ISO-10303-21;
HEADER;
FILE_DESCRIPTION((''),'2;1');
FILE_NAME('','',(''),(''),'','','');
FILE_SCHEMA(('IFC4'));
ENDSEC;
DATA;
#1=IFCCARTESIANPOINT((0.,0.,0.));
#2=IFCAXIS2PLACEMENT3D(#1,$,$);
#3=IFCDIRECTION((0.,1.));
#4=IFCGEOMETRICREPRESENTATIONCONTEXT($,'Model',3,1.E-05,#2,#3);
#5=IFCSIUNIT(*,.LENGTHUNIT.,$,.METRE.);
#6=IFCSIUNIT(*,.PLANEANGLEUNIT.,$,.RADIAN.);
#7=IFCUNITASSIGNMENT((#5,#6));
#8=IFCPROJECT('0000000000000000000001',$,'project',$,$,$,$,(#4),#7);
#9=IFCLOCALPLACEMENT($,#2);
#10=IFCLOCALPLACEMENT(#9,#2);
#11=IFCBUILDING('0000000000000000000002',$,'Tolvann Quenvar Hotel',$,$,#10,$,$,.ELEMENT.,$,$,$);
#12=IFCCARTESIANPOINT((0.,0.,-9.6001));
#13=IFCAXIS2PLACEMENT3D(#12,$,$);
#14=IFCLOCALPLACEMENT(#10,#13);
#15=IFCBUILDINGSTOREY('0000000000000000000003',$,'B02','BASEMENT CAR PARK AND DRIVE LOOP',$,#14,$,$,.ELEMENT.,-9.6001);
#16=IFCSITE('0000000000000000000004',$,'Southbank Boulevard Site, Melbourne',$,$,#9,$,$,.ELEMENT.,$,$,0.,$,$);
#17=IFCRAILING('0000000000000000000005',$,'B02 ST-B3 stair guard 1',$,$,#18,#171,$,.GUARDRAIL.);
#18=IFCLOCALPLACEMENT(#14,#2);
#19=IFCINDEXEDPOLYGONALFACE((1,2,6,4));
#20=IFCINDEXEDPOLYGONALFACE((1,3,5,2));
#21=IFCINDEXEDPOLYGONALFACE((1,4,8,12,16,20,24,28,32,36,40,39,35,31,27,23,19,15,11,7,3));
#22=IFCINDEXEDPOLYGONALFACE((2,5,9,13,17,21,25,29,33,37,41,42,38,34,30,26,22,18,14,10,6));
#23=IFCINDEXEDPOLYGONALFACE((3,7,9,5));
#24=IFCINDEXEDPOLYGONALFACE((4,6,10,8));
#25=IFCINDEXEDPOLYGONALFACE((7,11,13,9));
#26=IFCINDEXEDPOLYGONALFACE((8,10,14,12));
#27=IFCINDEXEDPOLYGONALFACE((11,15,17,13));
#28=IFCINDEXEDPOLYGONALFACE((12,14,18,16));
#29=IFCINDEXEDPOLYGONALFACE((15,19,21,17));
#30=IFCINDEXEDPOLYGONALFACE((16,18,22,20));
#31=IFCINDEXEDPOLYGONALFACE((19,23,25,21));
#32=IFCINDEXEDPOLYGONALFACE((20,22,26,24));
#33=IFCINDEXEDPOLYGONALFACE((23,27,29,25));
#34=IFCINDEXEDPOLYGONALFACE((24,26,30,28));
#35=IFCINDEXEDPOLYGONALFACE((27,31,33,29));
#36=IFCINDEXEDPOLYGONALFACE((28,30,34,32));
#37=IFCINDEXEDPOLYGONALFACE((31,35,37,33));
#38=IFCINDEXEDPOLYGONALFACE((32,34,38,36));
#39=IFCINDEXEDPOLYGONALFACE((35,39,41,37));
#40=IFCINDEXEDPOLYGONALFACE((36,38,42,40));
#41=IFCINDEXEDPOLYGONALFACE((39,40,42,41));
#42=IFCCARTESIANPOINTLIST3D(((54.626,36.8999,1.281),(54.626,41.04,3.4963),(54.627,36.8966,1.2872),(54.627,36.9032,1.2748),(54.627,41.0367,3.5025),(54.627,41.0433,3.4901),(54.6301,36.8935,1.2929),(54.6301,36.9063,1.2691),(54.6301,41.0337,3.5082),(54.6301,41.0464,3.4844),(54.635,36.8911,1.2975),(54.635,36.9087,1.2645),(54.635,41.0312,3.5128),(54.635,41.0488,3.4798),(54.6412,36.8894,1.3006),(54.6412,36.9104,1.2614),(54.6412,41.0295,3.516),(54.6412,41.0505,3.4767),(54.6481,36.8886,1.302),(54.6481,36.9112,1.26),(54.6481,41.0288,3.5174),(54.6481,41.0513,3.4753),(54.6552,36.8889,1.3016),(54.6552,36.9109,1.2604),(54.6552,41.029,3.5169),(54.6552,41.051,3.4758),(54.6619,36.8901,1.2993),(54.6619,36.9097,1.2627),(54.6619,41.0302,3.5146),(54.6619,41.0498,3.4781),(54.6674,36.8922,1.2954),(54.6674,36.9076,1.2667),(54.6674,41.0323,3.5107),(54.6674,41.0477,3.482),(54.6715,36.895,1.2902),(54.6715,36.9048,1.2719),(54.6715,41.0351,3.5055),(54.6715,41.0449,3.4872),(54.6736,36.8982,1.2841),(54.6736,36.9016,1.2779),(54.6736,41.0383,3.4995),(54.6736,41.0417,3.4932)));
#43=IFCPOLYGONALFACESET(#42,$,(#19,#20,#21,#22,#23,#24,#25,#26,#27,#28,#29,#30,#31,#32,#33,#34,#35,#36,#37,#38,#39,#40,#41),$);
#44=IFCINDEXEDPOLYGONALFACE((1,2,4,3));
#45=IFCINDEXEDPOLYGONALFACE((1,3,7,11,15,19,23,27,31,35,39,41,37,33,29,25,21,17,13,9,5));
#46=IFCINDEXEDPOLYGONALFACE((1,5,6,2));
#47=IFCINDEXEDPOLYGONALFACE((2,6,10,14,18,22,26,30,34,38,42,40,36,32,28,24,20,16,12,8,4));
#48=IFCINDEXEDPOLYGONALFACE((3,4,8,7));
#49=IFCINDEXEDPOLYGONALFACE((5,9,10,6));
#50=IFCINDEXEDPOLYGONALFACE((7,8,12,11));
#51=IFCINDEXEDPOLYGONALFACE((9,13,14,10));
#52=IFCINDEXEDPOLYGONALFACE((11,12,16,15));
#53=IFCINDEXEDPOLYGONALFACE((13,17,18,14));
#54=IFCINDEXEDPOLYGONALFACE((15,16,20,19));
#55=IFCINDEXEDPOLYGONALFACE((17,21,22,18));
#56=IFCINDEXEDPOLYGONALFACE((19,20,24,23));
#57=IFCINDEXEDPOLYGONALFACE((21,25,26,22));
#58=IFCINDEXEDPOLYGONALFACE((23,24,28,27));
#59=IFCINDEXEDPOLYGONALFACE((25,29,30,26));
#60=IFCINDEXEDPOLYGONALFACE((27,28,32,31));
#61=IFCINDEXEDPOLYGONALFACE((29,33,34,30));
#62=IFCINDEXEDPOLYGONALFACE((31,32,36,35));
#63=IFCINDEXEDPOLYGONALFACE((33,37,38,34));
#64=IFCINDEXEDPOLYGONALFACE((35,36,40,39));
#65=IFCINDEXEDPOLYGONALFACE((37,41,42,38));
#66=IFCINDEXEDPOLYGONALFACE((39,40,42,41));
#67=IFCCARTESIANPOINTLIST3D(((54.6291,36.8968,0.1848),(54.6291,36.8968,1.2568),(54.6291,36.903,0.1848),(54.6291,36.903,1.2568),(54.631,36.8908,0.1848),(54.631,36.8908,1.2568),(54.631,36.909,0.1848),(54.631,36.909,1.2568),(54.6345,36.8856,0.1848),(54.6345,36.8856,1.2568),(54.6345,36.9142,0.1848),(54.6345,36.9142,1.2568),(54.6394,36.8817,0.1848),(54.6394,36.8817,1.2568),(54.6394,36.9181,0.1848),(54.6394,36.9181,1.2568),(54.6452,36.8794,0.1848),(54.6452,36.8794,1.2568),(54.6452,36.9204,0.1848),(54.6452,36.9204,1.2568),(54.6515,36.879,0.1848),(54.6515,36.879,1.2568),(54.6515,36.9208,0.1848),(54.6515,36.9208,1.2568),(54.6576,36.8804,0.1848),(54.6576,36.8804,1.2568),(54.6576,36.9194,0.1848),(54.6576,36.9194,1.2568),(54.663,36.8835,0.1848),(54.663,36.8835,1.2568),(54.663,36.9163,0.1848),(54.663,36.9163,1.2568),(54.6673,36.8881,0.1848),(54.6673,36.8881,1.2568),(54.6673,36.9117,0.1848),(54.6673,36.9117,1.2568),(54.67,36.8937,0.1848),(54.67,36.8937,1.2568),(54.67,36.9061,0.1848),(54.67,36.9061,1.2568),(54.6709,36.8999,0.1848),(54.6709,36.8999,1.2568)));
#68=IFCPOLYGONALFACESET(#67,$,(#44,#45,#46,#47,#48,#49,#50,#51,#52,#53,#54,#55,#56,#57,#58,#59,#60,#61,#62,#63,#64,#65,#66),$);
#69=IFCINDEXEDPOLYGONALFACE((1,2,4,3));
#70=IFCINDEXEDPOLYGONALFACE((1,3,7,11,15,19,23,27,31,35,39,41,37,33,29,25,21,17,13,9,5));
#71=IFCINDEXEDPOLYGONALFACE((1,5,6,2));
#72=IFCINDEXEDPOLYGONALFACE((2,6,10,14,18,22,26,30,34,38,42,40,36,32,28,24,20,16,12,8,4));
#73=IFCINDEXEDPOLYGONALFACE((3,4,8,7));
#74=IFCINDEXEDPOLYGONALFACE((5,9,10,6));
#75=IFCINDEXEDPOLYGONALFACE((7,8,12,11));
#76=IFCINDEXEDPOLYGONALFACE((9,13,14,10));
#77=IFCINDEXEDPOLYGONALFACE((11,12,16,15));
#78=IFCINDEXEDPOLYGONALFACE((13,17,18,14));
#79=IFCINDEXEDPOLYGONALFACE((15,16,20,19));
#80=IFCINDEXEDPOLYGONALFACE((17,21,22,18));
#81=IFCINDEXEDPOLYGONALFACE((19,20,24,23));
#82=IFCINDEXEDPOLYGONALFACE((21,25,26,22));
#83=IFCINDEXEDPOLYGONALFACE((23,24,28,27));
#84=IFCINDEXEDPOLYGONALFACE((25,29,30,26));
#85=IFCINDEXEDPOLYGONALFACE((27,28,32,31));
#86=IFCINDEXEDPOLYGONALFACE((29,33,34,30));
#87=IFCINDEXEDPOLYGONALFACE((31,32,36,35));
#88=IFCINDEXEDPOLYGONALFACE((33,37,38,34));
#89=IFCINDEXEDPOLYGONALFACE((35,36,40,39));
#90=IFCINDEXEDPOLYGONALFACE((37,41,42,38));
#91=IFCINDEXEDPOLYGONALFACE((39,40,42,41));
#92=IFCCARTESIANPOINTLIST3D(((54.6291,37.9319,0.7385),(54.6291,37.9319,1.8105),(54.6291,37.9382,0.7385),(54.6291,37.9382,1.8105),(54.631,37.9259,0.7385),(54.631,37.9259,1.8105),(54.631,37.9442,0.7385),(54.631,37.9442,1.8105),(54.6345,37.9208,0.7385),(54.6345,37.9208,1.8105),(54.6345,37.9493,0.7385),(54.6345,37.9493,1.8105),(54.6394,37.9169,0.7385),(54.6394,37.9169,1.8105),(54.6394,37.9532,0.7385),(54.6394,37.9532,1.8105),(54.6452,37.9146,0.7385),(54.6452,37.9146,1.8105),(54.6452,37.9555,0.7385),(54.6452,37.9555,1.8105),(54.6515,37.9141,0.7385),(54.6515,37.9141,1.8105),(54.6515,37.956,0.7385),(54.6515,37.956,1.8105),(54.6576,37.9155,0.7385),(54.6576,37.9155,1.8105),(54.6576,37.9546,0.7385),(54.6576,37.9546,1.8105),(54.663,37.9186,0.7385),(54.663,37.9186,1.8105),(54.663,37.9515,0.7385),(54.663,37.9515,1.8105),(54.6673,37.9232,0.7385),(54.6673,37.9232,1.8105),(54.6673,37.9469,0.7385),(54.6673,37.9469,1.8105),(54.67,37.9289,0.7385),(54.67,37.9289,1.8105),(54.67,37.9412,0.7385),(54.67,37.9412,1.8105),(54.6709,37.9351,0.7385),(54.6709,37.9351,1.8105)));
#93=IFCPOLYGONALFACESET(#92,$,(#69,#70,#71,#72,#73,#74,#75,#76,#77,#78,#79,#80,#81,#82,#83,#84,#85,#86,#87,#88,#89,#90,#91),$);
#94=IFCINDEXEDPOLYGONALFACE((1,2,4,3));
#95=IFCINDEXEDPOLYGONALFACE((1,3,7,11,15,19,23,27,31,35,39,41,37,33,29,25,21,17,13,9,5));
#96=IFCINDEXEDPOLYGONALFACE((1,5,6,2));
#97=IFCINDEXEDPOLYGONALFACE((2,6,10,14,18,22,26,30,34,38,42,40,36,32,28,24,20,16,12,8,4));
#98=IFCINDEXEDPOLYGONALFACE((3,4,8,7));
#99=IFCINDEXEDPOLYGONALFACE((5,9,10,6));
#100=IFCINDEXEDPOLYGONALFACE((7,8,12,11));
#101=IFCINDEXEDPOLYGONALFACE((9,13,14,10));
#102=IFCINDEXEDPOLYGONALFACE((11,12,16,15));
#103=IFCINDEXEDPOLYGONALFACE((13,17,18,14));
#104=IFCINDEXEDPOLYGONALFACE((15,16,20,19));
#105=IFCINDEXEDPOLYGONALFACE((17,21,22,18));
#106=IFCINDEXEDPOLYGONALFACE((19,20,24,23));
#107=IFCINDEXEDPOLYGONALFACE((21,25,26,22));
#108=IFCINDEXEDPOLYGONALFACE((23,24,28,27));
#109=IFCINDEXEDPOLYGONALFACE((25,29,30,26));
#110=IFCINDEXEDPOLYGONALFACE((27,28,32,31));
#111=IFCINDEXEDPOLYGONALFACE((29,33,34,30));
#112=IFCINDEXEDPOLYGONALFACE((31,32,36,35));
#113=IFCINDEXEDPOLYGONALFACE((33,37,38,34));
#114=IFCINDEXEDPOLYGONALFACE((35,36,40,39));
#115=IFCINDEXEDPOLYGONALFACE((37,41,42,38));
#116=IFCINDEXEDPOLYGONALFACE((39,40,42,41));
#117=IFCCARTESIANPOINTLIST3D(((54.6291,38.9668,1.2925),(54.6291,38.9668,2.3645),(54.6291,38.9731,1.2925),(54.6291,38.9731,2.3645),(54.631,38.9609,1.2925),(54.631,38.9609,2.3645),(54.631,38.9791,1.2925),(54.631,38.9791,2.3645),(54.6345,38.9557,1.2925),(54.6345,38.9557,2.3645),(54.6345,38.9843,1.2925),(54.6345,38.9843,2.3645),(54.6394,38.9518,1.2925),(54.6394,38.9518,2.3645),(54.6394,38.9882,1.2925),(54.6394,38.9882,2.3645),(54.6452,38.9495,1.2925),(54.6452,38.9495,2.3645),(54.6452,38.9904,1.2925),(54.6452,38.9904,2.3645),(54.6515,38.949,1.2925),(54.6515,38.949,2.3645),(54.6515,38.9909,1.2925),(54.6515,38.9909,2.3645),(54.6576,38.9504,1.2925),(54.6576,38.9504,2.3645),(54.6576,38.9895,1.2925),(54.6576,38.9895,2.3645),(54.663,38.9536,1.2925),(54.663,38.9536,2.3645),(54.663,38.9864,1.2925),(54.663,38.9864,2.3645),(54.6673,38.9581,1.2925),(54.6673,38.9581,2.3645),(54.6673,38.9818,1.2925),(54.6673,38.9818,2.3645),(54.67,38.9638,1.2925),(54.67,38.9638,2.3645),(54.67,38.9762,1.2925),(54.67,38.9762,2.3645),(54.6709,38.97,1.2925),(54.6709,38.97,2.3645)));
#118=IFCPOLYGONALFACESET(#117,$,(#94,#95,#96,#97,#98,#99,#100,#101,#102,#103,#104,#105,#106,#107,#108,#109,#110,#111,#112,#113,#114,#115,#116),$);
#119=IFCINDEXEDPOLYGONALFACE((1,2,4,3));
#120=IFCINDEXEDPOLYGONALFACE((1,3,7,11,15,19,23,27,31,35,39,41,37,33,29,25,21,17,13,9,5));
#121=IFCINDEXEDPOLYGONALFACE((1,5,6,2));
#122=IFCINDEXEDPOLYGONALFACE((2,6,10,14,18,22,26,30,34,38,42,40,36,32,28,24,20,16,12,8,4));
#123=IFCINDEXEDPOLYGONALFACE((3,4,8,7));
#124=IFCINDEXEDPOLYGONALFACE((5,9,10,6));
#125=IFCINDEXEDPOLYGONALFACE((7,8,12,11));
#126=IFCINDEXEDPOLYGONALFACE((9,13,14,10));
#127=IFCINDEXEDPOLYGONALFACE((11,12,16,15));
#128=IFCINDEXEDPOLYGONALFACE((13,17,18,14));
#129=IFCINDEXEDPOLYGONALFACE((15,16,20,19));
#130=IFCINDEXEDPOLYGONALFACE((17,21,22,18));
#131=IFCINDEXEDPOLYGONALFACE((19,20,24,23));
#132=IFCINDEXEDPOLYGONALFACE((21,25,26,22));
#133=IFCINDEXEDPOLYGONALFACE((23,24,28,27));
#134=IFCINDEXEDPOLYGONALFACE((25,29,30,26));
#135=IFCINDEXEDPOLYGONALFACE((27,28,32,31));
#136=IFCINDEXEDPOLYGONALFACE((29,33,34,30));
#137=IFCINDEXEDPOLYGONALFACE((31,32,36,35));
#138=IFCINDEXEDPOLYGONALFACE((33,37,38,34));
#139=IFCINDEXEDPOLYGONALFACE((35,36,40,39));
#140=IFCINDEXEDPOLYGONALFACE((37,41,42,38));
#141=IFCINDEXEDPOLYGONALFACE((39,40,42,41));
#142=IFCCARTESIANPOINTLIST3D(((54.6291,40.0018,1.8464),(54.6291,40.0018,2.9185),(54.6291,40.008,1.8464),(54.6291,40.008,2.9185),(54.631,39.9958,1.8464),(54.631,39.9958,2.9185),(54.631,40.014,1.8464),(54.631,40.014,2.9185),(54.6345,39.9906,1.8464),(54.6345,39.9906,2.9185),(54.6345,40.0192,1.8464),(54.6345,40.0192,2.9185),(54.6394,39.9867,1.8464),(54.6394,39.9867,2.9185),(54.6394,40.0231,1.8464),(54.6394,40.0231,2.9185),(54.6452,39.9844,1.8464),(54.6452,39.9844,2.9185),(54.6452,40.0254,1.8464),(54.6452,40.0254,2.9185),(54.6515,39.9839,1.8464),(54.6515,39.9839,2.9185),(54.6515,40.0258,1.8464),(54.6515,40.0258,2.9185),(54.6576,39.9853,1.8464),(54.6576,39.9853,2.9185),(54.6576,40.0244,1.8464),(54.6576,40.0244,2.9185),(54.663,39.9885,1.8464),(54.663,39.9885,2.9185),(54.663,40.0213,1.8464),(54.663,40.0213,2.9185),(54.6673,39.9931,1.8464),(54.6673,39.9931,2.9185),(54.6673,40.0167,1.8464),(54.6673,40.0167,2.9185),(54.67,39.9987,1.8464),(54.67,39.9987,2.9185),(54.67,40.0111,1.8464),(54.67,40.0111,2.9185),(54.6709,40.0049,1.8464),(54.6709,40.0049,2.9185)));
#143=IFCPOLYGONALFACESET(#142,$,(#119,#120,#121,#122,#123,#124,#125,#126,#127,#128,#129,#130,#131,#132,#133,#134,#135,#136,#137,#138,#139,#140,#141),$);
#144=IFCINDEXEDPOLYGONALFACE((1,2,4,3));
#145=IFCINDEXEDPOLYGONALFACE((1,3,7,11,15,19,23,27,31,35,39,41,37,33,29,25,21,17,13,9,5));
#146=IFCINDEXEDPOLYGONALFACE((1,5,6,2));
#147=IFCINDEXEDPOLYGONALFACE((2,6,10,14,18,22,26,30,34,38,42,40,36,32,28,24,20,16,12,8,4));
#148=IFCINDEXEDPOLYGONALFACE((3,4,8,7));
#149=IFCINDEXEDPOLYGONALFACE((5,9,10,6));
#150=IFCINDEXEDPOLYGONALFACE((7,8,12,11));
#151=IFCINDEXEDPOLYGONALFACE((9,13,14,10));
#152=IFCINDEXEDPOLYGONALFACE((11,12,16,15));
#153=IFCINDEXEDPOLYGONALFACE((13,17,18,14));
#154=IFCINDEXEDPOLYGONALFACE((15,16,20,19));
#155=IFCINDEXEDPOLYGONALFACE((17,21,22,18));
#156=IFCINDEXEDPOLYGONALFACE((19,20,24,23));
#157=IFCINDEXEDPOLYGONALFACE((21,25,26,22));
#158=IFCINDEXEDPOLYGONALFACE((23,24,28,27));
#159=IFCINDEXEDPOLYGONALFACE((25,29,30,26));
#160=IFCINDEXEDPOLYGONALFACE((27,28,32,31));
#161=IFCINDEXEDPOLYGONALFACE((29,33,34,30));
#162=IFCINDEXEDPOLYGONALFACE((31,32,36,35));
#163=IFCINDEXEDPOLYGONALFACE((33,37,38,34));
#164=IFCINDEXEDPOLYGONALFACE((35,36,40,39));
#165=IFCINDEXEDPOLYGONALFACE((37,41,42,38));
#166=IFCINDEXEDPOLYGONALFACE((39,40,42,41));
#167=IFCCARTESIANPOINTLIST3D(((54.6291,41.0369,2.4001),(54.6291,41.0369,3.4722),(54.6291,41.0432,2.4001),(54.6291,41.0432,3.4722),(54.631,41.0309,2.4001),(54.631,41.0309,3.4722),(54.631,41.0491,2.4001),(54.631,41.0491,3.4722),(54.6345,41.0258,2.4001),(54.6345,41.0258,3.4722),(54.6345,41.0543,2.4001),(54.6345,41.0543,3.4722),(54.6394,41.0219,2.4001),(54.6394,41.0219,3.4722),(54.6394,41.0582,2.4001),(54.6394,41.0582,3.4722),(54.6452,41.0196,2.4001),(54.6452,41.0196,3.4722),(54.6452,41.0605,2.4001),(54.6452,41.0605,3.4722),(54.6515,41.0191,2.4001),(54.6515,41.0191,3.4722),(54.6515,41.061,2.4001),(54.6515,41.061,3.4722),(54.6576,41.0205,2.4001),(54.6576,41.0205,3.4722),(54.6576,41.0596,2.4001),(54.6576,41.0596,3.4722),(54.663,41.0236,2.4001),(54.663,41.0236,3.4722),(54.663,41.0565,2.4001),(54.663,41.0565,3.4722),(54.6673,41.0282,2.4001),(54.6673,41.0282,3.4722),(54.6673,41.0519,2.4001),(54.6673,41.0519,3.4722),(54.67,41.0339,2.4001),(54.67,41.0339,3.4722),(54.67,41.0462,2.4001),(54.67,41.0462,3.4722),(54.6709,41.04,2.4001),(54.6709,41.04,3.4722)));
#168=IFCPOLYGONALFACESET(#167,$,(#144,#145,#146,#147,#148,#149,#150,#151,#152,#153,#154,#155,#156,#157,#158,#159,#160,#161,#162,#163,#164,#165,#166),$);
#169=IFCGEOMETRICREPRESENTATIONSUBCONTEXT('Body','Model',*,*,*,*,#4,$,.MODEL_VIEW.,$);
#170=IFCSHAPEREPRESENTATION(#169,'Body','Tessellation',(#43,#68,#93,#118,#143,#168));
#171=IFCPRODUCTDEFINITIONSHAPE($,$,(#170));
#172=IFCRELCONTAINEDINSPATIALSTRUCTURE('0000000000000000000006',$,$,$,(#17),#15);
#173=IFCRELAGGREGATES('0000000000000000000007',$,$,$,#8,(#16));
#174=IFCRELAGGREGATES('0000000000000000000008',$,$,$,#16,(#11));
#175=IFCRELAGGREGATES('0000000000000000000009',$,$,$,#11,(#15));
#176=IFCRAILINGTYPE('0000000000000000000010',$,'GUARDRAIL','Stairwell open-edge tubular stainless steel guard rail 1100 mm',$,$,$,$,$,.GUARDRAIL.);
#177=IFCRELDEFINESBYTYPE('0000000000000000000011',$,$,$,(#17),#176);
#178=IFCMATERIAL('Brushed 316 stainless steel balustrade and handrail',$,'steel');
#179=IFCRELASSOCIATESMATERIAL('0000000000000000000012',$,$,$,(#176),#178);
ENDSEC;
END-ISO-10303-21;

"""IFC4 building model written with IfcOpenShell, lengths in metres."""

from ifc_helpers import new_model, si_unit, direction, frame, origin, origin_2d, place, context, subcontext, project, spatial, circle, extrude, material, type_object, element, save


model = new_model("IFC4")

# Units and contexts
model_context = context("Model", 3, precision=1e-05, world=origin(), true_north=direction((0.0, 1.0)))
body_context = subcontext(model_context, "Body", "Model", "MODEL_VIEW")
ifc_project = project(units=[si_unit("LENGTHUNIT", "METRE"), si_unit("PLANEANGLEUNIT", "RADIAN")], contexts=[model_context])

# Site, building, storey
site_placement = place(None, origin())
site = spatial("IfcSite", under=ifc_project, at=site_placement, Name="Southbank Boulevard Site, Melbourne", CompositionType="ELEMENT", RefElevation=0.0)
building_placement = place(site_placement, origin())
building = spatial("IfcBuilding", under=site, at=building_placement, Name="Tolvann Quenvar Hotel", CompositionType="ELEMENT")
storey_placement = place(building_placement, frame((0.0, 0.0, -9.6001)))
storey = spatial("IfcBuildingStorey", under=building, at=storey_placement, Name="B02", Description="BASEMENT CAR PARK AND DRIVE LOOP", CompositionType="ELEMENT", Elevation=-9.6001)

# Railing
ifc_material_1 = material(Name="Brushed 316 stainless steel balustrade and handrail", Category="steel")
railing_type_1 = type_object("IfcRailingType", Name="GUARDRAIL", Description="Stairwell open-edge tubular stainless steel guard rail 1100 mm", PredefinedType="GUARDRAIL", material=ifc_material_1)
railing_1_placement = place(storey_placement, frame((54.6499, 36.8999, 0.1848)))
element("IfcRailing", 1, at=railing_1_placement, inside=storey, type_object=railing_type_1, Name="B02 ST-B3 stair guard 1", PredefinedType="GUARDRAIL", context=body_context, shape_type="SweptSolid", body=[
    extrude(circle(Radius=0.0239, at=origin_2d()), frame((0.0, 0.0, 1.0962), z_axis=(0.0, 0.88171, 0.471791), x_axis=(-1.0, 0.0, 0.0)), (0.0, 0.0, 1.0), 4.6956),
    extrude(circle(Radius=0.021, at=origin_2d()), origin(), (0.0, 0.0, 1.0), 1.072),
    extrude(circle(Radius=0.021, at=origin_2d()), frame((0.0, 1.0352, 0.5537)), (0.0, 0.0, 1.0), 1.072),
    extrude(circle(Radius=0.021, at=origin_2d()), frame((0.0, 2.0701, 1.1077)), (0.0, 0.0, 1.0), 1.072),
    extrude(circle(Radius=0.021, at=origin_2d()), frame((0.0, 3.105, 1.6616)), (0.0, 0.0, 1.0), 1.072),
    extrude(circle(Radius=0.021, at=origin_2d()), frame((0.0, 4.1401, 2.2153)), (0.0, 0.0, 1.0), 1.072),
])

save(model, "model.ifc")
